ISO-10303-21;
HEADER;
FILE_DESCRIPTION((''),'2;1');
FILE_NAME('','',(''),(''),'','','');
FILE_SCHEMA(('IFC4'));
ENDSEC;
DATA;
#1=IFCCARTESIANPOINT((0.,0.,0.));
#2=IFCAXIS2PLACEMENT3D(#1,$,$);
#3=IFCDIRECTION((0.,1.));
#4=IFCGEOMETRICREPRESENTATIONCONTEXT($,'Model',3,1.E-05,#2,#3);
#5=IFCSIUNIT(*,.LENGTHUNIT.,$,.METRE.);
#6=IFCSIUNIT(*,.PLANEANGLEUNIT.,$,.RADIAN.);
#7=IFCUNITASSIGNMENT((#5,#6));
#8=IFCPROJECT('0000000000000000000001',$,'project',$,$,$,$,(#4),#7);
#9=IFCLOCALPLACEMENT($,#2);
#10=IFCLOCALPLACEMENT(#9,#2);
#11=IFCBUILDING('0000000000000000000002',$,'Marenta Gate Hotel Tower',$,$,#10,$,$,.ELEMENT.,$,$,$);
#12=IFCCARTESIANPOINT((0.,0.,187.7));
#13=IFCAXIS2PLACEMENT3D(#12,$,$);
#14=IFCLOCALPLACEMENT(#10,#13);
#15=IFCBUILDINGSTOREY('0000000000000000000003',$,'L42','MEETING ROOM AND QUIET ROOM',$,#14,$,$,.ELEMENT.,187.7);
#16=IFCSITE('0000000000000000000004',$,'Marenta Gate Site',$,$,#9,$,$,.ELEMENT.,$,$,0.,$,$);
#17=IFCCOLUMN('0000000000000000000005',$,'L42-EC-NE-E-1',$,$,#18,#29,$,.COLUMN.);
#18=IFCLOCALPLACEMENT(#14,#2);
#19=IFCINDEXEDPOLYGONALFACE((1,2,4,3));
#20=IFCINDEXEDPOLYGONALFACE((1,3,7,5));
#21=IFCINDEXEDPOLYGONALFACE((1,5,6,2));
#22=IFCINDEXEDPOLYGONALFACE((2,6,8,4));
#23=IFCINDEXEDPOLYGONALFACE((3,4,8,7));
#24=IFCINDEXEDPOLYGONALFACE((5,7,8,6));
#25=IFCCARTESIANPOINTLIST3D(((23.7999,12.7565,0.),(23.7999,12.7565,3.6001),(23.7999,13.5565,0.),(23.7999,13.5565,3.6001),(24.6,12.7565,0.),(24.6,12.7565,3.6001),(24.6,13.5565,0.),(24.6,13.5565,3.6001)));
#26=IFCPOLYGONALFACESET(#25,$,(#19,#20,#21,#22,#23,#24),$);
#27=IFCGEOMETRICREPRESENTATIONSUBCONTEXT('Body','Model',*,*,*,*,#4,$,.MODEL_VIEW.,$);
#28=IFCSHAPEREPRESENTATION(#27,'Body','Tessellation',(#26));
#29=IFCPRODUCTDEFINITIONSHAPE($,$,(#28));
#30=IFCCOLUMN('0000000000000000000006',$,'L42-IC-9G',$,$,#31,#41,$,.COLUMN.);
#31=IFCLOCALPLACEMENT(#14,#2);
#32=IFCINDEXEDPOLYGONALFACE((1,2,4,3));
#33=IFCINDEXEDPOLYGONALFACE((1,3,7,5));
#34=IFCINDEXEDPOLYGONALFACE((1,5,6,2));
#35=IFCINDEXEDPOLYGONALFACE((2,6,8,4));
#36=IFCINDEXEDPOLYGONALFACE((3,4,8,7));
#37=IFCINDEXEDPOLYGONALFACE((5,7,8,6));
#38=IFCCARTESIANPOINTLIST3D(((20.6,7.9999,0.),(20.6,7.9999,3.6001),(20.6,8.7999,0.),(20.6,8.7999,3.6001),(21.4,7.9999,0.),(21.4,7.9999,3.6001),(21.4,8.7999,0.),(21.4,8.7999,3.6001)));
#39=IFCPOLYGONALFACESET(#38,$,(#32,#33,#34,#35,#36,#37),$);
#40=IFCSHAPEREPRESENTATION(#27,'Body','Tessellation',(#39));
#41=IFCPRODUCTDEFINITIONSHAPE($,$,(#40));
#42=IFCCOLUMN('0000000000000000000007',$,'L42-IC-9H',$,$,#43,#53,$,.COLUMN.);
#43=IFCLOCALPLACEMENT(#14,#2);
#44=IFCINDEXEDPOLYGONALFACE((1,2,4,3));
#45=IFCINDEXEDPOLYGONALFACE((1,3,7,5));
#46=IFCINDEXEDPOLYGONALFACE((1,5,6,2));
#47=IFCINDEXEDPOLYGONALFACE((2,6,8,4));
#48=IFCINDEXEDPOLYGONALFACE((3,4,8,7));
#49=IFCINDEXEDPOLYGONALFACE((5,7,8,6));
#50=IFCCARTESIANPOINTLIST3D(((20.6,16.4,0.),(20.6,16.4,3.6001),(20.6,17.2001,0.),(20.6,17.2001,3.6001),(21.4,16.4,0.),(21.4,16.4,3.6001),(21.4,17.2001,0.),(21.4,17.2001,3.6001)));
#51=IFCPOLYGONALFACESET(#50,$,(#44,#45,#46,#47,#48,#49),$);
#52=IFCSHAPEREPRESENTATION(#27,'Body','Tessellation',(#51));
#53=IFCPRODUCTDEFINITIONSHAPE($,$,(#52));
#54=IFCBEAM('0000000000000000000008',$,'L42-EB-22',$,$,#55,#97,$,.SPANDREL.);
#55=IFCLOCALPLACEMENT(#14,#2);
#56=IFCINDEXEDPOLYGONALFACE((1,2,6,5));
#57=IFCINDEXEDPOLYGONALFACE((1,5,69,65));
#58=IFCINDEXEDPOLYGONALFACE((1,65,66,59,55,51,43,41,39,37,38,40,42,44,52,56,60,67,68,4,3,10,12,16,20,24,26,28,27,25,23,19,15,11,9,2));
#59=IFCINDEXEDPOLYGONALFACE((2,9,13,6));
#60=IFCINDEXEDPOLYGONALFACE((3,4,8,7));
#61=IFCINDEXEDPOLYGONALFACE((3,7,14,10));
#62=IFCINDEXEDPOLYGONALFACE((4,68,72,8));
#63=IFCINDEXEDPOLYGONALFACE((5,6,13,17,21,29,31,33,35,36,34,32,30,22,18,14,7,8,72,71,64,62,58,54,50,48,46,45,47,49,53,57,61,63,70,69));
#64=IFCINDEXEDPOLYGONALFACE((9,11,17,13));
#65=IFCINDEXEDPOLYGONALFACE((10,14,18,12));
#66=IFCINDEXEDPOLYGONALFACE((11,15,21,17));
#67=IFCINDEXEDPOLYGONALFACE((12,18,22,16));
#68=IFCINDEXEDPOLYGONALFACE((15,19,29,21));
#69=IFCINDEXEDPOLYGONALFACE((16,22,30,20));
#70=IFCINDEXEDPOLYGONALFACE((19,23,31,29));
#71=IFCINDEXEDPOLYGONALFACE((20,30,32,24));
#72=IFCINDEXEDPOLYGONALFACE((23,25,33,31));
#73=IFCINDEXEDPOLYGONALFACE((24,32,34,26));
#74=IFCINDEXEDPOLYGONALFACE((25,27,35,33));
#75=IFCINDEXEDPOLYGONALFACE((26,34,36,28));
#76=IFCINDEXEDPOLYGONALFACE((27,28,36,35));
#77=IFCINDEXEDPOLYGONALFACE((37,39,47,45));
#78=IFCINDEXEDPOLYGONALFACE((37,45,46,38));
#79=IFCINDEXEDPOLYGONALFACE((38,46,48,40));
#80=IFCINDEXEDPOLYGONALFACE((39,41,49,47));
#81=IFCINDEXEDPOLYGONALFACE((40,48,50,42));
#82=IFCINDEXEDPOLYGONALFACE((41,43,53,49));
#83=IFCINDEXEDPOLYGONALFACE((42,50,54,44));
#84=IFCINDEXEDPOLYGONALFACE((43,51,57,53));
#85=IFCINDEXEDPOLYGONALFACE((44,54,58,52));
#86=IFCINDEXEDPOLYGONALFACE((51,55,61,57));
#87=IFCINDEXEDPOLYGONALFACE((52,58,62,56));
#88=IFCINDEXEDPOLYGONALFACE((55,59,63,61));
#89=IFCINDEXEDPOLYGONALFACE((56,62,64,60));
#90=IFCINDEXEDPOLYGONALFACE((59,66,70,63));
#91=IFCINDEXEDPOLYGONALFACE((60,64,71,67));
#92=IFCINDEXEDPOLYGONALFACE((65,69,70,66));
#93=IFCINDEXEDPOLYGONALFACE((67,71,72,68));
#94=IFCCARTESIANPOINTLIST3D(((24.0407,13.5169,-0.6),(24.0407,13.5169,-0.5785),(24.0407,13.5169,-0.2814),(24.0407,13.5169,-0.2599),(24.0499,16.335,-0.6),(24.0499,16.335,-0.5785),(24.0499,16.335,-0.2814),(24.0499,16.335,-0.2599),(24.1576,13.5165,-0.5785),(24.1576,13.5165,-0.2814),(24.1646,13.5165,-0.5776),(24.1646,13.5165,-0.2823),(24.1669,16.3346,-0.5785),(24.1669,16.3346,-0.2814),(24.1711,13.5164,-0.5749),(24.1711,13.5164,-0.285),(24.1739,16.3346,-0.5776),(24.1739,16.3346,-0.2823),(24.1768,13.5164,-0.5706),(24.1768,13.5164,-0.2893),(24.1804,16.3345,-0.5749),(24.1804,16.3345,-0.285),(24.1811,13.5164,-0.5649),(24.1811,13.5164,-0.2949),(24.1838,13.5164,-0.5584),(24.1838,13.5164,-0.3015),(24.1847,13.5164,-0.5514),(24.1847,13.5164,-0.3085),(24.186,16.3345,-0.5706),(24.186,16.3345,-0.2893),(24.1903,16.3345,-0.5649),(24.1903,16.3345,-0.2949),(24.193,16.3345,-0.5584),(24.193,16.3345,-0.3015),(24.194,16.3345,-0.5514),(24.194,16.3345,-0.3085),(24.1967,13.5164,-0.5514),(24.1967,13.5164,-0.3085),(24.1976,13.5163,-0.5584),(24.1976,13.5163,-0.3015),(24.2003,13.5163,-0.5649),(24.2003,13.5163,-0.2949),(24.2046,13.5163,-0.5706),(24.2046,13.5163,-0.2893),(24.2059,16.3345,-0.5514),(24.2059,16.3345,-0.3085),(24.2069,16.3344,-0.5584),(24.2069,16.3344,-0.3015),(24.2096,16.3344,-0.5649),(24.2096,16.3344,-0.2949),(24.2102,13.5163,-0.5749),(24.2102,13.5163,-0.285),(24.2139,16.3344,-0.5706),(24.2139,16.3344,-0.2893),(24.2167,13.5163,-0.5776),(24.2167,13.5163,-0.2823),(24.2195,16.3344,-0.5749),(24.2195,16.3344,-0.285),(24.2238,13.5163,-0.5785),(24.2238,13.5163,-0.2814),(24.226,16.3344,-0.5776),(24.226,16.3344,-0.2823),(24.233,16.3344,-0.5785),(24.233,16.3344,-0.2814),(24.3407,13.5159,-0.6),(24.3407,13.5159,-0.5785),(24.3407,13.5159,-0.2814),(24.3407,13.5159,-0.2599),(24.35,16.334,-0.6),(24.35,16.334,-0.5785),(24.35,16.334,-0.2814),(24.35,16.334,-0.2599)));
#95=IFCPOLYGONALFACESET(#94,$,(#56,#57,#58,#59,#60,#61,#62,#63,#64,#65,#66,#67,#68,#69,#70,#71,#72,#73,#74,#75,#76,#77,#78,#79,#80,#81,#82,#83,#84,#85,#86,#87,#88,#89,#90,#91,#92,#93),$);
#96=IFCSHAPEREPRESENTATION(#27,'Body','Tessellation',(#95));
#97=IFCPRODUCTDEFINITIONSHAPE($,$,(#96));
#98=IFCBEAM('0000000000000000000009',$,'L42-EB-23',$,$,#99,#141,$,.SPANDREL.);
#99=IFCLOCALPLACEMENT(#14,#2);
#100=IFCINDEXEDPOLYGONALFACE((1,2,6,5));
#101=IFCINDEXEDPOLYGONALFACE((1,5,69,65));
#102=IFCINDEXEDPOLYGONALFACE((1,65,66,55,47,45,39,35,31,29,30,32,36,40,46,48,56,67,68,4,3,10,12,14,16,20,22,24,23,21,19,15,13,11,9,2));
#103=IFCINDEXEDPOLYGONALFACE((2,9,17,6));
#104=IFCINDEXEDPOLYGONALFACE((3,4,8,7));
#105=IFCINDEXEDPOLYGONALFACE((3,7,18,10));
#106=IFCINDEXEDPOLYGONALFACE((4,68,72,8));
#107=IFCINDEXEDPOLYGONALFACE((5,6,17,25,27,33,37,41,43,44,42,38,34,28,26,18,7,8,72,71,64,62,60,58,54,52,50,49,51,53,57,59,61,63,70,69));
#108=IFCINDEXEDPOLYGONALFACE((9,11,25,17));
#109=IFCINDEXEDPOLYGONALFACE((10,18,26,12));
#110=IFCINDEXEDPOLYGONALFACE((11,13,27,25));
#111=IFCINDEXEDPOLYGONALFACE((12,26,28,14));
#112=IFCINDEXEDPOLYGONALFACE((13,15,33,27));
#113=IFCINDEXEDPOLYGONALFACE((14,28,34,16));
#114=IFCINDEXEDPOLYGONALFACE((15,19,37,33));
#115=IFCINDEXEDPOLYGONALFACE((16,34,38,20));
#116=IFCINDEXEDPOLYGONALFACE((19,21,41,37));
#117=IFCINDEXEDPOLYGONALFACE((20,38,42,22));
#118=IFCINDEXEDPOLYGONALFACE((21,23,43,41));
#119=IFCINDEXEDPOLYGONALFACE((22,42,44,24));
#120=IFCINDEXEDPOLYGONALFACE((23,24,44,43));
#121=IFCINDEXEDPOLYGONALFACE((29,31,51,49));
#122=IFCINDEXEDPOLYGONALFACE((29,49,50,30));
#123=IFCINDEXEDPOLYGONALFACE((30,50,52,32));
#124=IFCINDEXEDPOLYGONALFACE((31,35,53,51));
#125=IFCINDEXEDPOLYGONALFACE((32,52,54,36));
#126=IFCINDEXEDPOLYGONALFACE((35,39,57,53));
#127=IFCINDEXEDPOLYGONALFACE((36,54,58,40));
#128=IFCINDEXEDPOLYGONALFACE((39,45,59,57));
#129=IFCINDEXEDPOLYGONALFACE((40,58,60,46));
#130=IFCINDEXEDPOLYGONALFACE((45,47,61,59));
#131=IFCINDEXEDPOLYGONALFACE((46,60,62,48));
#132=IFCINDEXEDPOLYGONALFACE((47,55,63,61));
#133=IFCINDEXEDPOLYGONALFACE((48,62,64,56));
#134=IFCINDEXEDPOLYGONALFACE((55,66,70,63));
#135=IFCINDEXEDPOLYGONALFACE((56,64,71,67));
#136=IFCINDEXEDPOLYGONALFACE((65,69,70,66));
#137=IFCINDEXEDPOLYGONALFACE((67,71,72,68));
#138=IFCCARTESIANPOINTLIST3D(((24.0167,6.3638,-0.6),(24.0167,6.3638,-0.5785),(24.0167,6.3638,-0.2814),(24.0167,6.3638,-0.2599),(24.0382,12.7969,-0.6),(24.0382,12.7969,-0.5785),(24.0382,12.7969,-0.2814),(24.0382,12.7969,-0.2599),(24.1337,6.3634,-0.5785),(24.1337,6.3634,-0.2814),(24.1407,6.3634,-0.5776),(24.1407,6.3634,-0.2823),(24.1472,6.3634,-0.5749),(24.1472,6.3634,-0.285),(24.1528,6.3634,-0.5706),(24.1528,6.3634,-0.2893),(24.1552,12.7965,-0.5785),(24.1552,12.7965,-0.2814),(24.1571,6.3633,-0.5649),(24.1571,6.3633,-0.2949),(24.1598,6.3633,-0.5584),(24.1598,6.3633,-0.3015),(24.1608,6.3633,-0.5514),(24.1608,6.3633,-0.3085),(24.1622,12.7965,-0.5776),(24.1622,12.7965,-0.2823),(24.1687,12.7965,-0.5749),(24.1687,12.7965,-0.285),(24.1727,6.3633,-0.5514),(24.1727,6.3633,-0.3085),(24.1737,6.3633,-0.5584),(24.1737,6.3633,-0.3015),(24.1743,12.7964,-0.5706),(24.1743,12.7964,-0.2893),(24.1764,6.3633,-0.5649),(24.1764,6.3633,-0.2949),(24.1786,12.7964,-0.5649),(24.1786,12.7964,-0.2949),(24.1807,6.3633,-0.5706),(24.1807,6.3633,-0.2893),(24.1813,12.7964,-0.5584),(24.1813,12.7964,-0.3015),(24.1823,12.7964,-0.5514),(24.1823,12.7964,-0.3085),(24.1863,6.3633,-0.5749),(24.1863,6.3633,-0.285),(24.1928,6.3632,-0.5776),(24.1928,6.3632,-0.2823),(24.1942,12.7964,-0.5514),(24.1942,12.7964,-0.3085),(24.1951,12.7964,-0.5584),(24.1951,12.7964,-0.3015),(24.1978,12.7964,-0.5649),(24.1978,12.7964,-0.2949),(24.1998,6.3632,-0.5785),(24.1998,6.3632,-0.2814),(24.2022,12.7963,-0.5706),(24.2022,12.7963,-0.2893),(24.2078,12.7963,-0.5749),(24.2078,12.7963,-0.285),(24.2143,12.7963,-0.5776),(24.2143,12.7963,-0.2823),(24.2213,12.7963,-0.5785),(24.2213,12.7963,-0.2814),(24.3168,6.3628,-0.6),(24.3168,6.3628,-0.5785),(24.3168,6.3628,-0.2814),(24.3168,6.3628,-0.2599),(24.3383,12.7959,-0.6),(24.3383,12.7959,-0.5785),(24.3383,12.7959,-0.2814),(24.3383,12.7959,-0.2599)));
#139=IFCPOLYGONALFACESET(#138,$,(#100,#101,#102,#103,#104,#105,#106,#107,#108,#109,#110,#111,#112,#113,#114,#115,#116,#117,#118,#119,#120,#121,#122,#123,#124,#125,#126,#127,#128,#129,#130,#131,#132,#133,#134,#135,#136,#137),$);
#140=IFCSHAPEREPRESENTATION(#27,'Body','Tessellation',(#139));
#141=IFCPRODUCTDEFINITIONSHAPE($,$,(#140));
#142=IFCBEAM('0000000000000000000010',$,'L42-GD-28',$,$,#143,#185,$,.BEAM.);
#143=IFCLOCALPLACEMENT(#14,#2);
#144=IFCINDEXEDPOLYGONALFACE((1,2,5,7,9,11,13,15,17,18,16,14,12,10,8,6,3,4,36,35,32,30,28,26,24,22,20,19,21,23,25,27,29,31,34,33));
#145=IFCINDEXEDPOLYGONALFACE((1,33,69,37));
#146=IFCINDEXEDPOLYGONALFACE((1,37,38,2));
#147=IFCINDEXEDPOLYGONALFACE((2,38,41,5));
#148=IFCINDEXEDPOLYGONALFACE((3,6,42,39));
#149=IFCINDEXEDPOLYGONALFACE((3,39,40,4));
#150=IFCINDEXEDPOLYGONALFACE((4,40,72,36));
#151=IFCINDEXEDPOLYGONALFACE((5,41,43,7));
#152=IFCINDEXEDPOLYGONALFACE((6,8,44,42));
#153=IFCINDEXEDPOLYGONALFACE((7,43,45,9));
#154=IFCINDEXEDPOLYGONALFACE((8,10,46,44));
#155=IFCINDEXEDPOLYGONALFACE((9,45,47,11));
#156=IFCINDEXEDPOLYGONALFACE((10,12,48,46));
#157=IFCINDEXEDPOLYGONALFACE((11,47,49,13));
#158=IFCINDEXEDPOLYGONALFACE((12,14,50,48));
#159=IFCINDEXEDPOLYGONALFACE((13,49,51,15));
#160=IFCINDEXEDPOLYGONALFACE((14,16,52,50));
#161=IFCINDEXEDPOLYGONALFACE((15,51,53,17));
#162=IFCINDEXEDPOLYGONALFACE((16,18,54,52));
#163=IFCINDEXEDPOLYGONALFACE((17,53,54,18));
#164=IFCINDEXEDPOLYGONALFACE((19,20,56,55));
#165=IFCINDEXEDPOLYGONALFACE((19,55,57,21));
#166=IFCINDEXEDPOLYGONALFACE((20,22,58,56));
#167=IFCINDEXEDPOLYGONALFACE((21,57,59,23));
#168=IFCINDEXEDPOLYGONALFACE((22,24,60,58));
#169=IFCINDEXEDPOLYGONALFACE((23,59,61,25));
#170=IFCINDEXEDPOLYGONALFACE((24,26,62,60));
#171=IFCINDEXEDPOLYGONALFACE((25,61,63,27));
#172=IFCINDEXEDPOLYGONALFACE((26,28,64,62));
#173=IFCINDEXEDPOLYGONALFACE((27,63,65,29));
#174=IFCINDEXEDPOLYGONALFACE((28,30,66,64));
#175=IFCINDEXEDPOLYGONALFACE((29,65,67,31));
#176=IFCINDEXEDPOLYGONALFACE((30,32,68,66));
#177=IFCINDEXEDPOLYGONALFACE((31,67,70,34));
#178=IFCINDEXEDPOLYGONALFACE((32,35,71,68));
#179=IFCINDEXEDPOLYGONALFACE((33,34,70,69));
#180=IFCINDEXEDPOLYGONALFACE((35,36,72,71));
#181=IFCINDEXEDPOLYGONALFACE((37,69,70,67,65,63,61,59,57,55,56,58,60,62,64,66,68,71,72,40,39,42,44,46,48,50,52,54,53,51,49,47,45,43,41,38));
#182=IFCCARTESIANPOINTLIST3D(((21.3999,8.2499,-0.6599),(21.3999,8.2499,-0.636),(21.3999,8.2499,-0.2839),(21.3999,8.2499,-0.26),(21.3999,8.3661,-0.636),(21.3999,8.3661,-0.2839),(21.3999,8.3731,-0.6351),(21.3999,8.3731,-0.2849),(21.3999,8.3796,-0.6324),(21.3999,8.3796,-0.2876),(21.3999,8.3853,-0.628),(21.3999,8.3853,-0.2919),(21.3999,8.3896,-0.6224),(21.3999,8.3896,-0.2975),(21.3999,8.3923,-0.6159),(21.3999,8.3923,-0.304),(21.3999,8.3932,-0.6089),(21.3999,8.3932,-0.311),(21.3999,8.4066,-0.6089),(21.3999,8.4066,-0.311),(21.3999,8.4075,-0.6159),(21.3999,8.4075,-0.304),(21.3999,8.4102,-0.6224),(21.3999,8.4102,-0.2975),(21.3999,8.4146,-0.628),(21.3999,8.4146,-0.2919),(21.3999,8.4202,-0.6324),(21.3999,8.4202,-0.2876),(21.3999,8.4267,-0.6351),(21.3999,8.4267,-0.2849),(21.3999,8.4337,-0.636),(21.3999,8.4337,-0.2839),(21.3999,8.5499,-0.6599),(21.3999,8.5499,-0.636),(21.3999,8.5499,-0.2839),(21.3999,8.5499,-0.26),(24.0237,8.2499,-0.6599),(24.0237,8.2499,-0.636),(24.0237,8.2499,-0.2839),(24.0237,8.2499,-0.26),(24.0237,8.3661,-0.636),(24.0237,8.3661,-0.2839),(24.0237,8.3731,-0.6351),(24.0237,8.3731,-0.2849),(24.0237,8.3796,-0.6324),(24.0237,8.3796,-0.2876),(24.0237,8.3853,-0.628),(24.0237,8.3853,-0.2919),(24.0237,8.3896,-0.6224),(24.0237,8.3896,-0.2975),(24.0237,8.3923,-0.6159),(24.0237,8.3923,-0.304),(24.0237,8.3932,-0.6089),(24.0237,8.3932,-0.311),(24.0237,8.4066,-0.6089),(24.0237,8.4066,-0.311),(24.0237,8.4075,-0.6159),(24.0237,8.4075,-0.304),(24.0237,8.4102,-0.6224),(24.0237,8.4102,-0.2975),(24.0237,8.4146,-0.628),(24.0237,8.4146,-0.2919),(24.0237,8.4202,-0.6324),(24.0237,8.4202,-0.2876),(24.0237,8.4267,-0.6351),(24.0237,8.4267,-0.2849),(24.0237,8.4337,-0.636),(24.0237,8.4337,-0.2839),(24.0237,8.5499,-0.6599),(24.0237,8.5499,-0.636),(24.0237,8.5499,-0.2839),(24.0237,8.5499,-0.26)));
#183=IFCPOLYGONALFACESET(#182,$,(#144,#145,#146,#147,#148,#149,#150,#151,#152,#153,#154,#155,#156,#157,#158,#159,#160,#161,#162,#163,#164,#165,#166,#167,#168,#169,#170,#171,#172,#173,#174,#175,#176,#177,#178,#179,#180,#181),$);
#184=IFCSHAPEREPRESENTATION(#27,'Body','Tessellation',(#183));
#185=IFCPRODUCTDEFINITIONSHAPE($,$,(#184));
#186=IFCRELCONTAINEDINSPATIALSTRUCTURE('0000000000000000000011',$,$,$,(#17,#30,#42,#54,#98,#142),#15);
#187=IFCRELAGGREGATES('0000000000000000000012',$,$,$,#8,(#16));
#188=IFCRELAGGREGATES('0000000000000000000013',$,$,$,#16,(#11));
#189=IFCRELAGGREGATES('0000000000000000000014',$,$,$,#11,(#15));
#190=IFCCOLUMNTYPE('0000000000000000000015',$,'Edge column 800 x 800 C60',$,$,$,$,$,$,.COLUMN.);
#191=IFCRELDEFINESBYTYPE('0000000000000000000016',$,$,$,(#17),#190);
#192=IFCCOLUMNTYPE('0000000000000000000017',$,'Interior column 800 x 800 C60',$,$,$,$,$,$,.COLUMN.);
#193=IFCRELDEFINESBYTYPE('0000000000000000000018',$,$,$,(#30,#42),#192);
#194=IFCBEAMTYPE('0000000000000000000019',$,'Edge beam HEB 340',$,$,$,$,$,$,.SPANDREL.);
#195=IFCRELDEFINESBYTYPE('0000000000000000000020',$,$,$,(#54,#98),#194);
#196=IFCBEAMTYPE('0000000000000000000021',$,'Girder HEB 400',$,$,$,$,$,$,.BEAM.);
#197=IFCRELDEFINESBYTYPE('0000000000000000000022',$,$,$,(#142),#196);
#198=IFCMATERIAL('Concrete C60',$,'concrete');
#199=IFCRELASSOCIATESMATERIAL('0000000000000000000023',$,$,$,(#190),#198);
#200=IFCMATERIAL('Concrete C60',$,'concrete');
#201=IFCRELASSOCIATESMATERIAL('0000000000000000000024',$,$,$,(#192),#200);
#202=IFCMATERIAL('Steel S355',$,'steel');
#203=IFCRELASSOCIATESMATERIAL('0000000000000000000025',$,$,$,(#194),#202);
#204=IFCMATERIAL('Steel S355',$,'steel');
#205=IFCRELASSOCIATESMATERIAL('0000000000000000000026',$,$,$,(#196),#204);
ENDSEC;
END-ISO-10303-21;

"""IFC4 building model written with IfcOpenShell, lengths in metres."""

from ifc_helpers import new_model, si_unit, direction, frame, origin, origin_2d, place, context, subcontext, project, spatial, rectangle, i_section, extrude, material, material_profile, profile_set, type_object, element, save


model = new_model("IFC4")

# Units and contexts
model_context = context("Model", 3, precision=1e-05, world=origin(), true_north=direction((0.0, 1.0)))
body_context = subcontext(model_context, "Body", "Model", "MODEL_VIEW")
ifc_project = project(units=[si_unit("LENGTHUNIT", "METRE"), si_unit("PLANEANGLEUNIT", "RADIAN")], contexts=[model_context])

# Site, building, storey
site_placement = place(None, origin())
site = spatial("IfcSite", under=ifc_project, at=site_placement, Name="Marenta Gate Site", CompositionType="ELEMENT", RefElevation=0.0)
building_placement = place(site_placement, origin())
building = spatial("IfcBuilding", under=site, at=building_placement, Name="Marenta Gate Hotel Tower", CompositionType="ELEMENT")
storey_placement = place(building_placement, frame((0.0, 0.0, 187.7)))
storey = spatial("IfcBuildingStorey", under=building, at=storey_placement, Name="L42", Description="MEETING ROOM AND QUIET ROOM", CompositionType="ELEMENT", Elevation=187.7)

# Columns
ifc_material_1 = material(Name="Concrete C60", Category="concrete")
ifc_material_profile_1 = material_profile(ifc_material_1, rectangle(XDim=0.8, YDim=0.8, at=origin_2d()), Name="800 x 800")
ifc_profile_set_1 = profile_set([ifc_material_profile_1], Name="Concrete C60")
column_type_1 = type_object("IfcColumnType", Name="Edge column 800 x 800 C60", PredefinedType="COLUMN", material=ifc_profile_set_1)
column_placement = place(storey_placement, frame((24.2, 13.1565, 0.0), z_axis=(0.0, 0.0, 1.0), x_axis=(1.0, 0.0, 0.0)))
element("IfcColumn", 1, at=column_placement, inside=storey, type_object=column_type_1, Name="L42-EC-NE-E-1", PredefinedType="COLUMN", context=body_context, shape_type="SweptSolid", body=[
    extrude(rectangle(XDim=0.8, YDim=0.8, at=origin_2d()), origin(), (0.0, 0.0, 1.0), 3.6001),
])
ifc_material_2 = material(Name="Concrete C60", Category="concrete")
ifc_material_profile_2 = material_profile(ifc_material_2, rectangle(XDim=0.8, YDim=0.8, at=origin_2d()), Name="800 x 800")
ifc_profile_set_2 = profile_set([ifc_material_profile_2], Name="Concrete C60")
column_type_2 = type_object("IfcColumnType", Name="Interior column 800 x 800 C60", PredefinedType="COLUMN", material=ifc_profile_set_2)
for number, where, z_axis, x_axis, name in (
    (2, (21.0, 8.3999, 0.0), (0.0, 0.0, 1.0), (1.0, 0.0, 0.0), "L42-IC-9G"),
    (3, (21.0, 16.8, 0.0), (0.0, 0.0, 1.0), (1.0, 0.0, 0.0), "L42-IC-9H"),
):
    element("IfcColumn", number, at=place(storey_placement, frame(where, z_axis=z_axis, x_axis=x_axis)), inside=storey, type_object=column_type_2, Name=name, PredefinedType="COLUMN", context=body_context, shape_type="SweptSolid", body=[
        extrude(rectangle(XDim=0.8, YDim=0.8, at=origin_2d()), origin(), (0.0, 0.0, 1.0), 3.6001),
    ])

# Beams
ifc_material_3 = material(Name="Steel S355", Category="steel")
ifc_material_profile_3 = material_profile(ifc_material_3, i_section(OverallWidth=0.3, OverallDepth=0.3401, WebThickness=0.012, FlangeThickness=0.0215, FilletRadius=0.0271, at=origin_2d()), Name="HEB 340")
ifc_profile_set_3 = profile_set([ifc_material_profile_3], Name="Steel S355")
beam_type_1 = type_object("IfcBeamType", Name="Edge beam HEB 340", PredefinedType="SPANDREL", material=ifc_profile_set_3)
beam_1_placement = place(storey_placement, frame((24.2, 16.3345, -0.4299), z_axis=(-0.003292, -0.999995, 0.0), x_axis=(0.999995, -0.003292, 0.0)))
element("IfcBeam", 4, at=beam_1_placement, inside=storey, type_object=beam_type_1, Name="L42-EB-22", PredefinedType="SPANDREL", context=body_context, shape_type="SweptSolid", body=[
    extrude(i_section(OverallWidth=0.3, OverallDepth=0.3401, WebThickness=0.012, FlangeThickness=0.0215, FilletRadius=0.0271, at=origin_2d()), origin(), (0.0, 0.0, 1.0), 2.8181),
])
beam_2_placement = place(storey_placement, frame((24.1882, 12.7964, -0.4299), z_axis=(-0.00334, -0.999994, 0.0), x_axis=(0.999994, -0.00334, 0.0)))
element("IfcBeam", 5, at=beam_2_placement, inside=storey, type_object=beam_type_1, Name="L42-EB-23", PredefinedType="SPANDREL", context=body_context, shape_type="SweptSolid", body=[
    extrude(i_section(OverallWidth=0.3, OverallDepth=0.3401, WebThickness=0.012, FlangeThickness=0.0215, FilletRadius=0.0271, at=origin_2d()), origin(), (0.0, 0.0, 1.0), 6.4331),
])
ifc_material_4 = material(Name="Steel S355", Category="steel")
ifc_material_profile_4 = material_profile(ifc_material_4, i_section(OverallWidth=0.3, OverallDepth=0.3999, WebThickness=0.0134, FlangeThickness=0.0239, FilletRadius=0.0271, at=origin_2d()), Name="HEB 400")
ifc_profile_set_4 = profile_set([ifc_material_profile_4], Name="Steel S355")
beam_type_2 = type_object("IfcBeamType", Name="Girder HEB 400", PredefinedType="BEAM", material=ifc_profile_set_4)
beam_3_placement = place(storey_placement, frame((21.3999, 8.3999, -0.46), z_axis=(1.0, 0.0, 0.0), x_axis=(0.0, 1.0, 0.0)))
element("IfcBeam", 6, at=beam_3_placement, inside=storey, type_object=beam_type_2, Name="L42-GD-28", PredefinedType="BEAM", context=body_context, shape_type="SweptSolid", body=[
    extrude(i_section(OverallWidth=0.3, OverallDepth=0.3999, WebThickness=0.0134, FlangeThickness=0.0239, FilletRadius=0.0271, at=origin_2d()), origin(), (0.0, 0.0, 1.0), 2.6238),
])

save(model, "model.ifc")
